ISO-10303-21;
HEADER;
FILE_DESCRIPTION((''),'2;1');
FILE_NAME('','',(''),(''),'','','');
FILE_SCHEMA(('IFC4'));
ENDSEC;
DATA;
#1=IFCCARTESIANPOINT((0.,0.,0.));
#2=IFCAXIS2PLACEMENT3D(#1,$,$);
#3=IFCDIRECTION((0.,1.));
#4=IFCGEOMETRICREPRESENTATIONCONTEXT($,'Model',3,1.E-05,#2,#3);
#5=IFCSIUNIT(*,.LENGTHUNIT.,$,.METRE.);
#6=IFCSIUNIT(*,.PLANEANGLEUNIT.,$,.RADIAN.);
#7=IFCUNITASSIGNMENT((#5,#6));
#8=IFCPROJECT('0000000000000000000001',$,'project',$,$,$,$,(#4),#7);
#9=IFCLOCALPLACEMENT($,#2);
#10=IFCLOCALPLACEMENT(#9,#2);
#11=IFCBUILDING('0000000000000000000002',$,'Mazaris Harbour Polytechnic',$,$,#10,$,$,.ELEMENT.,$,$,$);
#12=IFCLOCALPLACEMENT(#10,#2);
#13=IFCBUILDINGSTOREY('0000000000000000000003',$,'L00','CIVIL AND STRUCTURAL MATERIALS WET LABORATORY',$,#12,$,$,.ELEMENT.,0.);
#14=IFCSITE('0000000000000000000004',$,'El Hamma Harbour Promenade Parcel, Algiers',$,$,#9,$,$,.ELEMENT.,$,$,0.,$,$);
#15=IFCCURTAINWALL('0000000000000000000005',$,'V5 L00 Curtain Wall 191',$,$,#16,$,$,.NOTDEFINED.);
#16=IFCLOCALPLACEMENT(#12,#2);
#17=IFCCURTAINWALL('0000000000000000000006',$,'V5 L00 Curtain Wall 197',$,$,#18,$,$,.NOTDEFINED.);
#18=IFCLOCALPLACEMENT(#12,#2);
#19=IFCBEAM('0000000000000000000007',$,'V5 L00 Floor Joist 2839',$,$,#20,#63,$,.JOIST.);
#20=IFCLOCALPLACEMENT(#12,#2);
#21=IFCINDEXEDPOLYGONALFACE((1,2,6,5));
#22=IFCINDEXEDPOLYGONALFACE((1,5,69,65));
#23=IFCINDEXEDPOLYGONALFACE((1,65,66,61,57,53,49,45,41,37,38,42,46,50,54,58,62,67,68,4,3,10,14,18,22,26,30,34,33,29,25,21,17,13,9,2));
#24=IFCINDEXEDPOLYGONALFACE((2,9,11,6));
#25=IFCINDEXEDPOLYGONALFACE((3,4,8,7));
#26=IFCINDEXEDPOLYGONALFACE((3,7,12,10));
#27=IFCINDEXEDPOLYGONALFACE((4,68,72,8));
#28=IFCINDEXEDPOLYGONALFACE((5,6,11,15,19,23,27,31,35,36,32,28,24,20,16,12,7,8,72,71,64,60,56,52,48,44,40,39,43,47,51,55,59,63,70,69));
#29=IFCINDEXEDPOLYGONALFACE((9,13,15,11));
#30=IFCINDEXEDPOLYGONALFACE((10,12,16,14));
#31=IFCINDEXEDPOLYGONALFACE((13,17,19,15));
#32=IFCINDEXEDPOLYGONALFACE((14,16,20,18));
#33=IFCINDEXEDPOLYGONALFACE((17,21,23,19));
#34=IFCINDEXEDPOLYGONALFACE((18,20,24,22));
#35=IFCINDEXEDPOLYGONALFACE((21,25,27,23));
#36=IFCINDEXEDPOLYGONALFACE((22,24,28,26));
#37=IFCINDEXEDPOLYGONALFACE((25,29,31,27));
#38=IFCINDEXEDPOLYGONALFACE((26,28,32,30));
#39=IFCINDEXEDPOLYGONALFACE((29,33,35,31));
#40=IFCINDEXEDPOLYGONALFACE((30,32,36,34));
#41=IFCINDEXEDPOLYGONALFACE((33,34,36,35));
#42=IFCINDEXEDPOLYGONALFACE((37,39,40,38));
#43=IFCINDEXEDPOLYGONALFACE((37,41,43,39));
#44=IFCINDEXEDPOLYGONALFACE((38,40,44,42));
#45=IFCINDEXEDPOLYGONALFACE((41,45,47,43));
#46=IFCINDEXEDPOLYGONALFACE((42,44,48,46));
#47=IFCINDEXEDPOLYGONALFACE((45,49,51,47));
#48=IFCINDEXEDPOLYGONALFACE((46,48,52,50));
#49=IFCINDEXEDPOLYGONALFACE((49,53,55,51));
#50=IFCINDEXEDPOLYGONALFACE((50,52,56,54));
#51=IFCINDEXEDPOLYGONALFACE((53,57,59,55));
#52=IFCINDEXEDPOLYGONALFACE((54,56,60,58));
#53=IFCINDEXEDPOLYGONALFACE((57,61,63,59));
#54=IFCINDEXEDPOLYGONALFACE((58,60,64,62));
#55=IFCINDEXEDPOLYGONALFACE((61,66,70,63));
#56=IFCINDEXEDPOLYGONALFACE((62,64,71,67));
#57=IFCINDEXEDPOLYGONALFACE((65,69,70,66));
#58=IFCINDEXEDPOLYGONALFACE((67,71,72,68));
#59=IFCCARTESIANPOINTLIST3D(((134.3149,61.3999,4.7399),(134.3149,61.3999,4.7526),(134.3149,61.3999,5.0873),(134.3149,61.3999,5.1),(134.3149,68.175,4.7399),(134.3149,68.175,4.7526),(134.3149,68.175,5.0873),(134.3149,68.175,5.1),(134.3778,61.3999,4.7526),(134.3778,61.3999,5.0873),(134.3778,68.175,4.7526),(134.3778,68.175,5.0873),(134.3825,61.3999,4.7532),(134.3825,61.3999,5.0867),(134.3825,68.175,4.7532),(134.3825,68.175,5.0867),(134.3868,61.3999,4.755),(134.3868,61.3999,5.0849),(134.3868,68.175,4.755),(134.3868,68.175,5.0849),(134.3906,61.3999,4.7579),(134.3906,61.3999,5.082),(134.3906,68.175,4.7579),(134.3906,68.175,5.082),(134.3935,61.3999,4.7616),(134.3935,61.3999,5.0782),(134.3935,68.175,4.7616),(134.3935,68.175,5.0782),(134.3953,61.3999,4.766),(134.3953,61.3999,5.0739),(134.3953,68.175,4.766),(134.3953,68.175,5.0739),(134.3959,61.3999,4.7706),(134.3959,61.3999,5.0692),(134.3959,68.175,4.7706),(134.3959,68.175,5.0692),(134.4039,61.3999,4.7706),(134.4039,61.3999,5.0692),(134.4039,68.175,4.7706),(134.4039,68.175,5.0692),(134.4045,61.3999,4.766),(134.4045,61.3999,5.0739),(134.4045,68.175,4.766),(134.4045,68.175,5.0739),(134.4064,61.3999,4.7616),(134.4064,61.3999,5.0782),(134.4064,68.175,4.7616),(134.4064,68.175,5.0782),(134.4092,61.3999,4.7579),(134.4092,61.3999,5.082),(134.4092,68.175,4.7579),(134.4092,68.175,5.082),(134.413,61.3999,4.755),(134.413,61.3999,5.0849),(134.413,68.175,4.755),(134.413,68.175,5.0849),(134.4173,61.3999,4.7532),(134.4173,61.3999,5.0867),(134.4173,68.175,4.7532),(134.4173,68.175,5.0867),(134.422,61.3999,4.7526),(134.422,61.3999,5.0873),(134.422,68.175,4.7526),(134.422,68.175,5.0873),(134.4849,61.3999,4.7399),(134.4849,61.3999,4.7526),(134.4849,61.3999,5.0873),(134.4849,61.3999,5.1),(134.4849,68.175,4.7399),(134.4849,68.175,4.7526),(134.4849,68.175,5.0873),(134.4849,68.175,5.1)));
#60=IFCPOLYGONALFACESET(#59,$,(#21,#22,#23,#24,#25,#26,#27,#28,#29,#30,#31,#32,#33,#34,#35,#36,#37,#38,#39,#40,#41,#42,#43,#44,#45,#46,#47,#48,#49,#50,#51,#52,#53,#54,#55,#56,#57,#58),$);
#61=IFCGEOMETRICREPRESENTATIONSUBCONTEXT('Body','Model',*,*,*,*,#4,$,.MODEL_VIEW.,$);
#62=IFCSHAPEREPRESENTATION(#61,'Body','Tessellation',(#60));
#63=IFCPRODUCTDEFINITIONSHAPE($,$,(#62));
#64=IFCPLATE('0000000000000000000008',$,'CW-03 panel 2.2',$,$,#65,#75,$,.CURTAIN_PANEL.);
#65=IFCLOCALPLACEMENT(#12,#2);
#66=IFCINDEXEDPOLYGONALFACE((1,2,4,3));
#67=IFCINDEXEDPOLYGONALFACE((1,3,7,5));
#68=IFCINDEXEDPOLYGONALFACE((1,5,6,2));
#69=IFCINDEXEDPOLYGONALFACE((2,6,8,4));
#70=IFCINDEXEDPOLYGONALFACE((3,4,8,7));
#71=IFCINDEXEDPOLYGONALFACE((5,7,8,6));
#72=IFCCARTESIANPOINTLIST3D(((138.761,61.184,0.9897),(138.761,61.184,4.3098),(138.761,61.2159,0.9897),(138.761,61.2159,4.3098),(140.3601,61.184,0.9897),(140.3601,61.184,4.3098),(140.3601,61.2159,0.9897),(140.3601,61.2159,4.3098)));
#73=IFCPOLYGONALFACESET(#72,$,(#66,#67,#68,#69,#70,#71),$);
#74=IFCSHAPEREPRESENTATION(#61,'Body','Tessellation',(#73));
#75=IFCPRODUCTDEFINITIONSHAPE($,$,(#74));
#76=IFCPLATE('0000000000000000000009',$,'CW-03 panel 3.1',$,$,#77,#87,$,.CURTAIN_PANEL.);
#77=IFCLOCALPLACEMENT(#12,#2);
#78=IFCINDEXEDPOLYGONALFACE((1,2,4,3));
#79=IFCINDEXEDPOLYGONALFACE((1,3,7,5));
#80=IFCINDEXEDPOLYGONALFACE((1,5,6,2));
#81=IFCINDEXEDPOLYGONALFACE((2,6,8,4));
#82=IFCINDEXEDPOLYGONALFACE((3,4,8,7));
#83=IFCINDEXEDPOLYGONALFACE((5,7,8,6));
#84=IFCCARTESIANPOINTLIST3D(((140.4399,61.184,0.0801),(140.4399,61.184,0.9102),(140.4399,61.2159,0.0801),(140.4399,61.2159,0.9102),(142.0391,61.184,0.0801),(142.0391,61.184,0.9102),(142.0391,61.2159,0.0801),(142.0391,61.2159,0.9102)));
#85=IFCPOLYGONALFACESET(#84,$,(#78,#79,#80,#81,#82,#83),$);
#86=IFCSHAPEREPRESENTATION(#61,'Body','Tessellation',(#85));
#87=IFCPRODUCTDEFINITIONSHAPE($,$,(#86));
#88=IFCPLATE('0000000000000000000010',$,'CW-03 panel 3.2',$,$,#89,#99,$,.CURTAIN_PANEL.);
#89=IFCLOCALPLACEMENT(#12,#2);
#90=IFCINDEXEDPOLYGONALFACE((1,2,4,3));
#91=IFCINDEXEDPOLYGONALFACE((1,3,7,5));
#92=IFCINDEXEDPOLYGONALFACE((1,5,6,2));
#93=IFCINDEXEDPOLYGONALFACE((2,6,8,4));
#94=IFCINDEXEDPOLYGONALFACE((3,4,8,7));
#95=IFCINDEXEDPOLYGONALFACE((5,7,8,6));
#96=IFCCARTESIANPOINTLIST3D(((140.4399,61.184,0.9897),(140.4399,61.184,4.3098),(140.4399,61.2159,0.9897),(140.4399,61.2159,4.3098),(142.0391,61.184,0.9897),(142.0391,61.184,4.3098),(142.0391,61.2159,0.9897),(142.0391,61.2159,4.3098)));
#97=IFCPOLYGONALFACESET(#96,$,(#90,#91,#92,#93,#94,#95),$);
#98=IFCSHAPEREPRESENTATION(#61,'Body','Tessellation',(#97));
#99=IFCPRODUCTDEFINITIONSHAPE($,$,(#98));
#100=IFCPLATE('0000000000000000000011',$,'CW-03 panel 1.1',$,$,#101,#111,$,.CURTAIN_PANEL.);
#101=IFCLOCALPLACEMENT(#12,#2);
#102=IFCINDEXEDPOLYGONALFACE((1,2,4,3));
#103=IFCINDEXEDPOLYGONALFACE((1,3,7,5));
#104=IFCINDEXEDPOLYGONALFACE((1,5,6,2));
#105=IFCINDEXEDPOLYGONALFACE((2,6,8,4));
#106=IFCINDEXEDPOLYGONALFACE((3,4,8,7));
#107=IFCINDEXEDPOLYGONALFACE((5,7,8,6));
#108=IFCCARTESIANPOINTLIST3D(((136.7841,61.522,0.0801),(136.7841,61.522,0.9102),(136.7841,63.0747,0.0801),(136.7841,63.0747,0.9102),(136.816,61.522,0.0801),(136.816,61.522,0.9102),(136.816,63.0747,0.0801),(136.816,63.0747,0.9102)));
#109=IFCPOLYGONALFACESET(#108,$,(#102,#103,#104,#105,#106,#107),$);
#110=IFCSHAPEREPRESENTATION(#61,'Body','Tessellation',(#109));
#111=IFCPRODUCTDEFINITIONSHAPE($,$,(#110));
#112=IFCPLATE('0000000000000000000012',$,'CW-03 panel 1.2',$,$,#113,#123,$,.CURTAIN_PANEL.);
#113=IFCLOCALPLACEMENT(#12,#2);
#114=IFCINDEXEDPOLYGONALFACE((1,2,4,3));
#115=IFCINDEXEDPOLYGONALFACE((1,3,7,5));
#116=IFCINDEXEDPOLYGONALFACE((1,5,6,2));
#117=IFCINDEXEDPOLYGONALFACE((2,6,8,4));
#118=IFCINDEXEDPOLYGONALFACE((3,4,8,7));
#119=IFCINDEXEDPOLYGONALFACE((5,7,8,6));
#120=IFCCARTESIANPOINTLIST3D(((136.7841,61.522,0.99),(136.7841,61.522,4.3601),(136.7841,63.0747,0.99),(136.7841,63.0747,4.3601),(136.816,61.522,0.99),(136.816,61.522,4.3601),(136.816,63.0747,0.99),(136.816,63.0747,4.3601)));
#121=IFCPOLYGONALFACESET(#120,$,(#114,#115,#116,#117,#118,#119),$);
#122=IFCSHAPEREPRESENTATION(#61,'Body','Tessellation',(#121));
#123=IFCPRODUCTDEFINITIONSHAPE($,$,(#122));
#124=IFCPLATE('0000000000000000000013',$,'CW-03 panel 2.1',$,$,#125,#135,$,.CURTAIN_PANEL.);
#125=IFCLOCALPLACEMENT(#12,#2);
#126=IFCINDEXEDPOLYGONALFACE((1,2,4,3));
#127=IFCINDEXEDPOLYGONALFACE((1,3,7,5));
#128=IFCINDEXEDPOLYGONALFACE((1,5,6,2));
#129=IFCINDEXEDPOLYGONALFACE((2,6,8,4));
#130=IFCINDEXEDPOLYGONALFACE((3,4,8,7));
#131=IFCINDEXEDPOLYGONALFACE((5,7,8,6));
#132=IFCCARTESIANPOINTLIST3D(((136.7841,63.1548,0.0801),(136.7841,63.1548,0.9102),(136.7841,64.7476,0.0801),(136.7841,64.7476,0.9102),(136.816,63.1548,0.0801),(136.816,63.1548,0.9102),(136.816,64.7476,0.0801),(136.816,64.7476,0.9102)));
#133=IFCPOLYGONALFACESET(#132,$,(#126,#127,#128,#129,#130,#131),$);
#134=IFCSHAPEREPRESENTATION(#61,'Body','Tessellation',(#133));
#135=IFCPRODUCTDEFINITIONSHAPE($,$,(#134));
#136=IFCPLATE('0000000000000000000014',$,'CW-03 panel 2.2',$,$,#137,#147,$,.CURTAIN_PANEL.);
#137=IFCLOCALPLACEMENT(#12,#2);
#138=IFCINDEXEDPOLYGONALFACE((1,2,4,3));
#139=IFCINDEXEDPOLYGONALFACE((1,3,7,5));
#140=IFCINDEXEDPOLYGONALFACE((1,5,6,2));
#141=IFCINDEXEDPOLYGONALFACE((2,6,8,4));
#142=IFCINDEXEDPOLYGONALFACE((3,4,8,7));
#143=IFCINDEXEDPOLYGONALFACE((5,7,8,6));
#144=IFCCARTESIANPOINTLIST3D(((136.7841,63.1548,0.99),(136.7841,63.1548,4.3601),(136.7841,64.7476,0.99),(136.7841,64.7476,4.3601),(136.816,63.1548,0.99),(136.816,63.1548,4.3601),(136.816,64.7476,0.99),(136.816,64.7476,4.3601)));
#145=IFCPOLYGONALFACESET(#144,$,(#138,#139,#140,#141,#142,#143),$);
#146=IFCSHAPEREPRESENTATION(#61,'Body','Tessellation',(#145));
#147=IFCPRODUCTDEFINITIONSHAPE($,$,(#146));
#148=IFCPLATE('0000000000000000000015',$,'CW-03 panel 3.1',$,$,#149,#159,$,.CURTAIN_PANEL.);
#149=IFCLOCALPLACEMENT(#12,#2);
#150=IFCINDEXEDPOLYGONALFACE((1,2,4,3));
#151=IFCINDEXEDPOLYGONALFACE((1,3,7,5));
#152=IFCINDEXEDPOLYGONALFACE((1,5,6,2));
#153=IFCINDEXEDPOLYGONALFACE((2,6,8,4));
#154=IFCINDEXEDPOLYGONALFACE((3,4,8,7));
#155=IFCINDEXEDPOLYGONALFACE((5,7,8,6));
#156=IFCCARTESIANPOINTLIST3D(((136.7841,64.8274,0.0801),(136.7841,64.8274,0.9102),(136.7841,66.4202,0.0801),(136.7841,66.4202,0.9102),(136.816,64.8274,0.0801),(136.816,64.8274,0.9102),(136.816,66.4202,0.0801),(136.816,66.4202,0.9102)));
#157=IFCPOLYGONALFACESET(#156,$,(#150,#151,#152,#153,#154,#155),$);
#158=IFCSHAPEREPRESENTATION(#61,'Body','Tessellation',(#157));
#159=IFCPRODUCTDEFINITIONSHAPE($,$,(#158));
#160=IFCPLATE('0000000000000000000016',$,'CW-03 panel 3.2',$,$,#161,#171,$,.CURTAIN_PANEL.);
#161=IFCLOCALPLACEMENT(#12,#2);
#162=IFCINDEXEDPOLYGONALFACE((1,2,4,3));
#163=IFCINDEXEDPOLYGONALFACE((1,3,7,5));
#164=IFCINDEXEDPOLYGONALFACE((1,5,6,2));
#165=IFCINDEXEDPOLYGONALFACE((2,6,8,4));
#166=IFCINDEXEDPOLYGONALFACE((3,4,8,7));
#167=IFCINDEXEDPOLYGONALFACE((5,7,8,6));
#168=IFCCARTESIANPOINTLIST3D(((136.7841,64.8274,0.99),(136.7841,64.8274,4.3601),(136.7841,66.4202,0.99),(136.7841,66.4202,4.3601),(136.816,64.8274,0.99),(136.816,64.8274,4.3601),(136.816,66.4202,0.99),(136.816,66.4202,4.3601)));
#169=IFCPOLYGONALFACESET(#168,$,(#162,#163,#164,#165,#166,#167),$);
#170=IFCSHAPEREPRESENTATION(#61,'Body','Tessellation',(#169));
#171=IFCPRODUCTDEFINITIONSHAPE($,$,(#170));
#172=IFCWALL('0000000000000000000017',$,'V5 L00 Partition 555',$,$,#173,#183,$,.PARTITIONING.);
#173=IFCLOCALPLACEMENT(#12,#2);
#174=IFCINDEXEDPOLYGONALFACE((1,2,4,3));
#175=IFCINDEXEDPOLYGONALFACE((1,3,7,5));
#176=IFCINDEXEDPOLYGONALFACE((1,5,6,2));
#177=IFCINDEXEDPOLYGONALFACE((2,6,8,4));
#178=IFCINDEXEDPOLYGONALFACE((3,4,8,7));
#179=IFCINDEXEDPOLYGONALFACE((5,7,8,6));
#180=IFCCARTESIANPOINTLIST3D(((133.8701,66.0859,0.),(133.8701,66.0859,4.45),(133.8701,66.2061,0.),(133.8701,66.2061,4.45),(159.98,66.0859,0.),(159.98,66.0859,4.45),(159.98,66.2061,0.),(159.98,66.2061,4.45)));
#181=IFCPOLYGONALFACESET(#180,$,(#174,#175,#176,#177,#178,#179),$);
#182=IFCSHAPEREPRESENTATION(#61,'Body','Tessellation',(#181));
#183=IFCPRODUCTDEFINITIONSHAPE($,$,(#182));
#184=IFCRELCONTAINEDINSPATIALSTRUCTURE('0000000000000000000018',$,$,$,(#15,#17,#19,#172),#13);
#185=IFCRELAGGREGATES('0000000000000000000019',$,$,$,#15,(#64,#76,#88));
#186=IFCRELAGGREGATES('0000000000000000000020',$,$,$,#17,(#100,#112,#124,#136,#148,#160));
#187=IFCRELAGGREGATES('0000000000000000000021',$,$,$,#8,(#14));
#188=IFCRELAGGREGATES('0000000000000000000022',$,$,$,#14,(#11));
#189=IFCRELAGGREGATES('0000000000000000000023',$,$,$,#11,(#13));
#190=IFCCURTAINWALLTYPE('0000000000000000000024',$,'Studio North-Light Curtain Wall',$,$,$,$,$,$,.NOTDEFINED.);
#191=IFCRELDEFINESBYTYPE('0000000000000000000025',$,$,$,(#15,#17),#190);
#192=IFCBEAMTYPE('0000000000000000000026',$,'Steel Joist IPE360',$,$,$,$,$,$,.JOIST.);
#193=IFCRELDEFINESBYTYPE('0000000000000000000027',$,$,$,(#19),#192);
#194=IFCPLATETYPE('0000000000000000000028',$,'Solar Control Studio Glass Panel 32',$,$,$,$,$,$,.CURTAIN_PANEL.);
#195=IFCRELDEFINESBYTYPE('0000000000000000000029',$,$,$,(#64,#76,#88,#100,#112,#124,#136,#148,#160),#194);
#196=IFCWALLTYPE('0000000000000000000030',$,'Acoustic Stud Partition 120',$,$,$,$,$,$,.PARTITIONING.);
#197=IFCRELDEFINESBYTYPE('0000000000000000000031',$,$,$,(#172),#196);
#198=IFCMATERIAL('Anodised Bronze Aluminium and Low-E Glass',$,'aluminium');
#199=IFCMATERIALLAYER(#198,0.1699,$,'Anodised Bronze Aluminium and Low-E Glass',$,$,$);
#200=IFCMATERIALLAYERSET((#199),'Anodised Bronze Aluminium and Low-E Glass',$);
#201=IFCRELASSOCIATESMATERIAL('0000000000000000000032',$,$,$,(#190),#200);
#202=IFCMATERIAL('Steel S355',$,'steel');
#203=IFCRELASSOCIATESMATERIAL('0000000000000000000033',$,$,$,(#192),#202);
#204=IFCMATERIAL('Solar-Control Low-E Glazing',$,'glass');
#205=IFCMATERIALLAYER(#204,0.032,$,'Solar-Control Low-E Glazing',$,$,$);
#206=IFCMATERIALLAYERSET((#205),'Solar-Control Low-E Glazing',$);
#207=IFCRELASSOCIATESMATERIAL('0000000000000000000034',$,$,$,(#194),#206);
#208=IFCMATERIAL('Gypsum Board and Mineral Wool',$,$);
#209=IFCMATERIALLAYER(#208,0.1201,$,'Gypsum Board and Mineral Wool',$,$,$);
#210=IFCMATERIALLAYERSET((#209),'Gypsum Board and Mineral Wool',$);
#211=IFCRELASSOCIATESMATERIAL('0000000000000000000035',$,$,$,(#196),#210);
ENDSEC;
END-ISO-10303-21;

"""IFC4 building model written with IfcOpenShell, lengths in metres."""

from ifc_helpers import new_model, si_unit, direction, frame, frame_2d, origin, origin_2d, place, context, subcontext, project, spatial, rectangle, i_section, extrude, material, layer, layer_set, material_profile, profile_set, type_object, element, aggregate, save


model = new_model("IFC4")

# Units and contexts
model_context = context("Model", 3, precision=1e-05, world=origin(), true_north=direction((0.0, 1.0)))
body_context = subcontext(model_context, "Body", "Model", "MODEL_VIEW")
ifc_project = project(units=[si_unit("LENGTHUNIT", "METRE"), si_unit("PLANEANGLEUNIT", "RADIAN")], contexts=[model_context])

# Site, building, storey
site_placement = place(None, origin())
site = spatial("IfcSite", under=ifc_project, at=site_placement, Name="El Hamma Harbour Promenade Parcel, Algiers", CompositionType="ELEMENT", RefElevation=0.0)
building_placement = place(site_placement, origin())
building = spatial("IfcBuilding", under=site, at=building_placement, Name="Mazaris Harbour Polytechnic", CompositionType="ELEMENT")
storey_placement = place(building_placement, origin())
storey = spatial("IfcBuildingStorey", under=building, at=storey_placement, Name="L00", Description="CIVIL AND STRUCTURAL MATERIALS WET LABORATORY", CompositionType="ELEMENT", Elevation=0.0)

# Curtain wall
ifc_material_1 = material(Name="Anodised Bronze Aluminium and Low-E Glass", Category="aluminium")
ifc_layer_1 = layer(ifc_material_1, 0.1699, Name="Anodised Bronze Aluminium and Low-E Glass")
ifc_layer_set_1 = layer_set([ifc_layer_1], Name="Anodised Bronze Aluminium and Low-E Glass")
curtain_wall_type = type_object("IfcCurtainWallType", Name="Studio North-Light Curtain Wall", PredefinedType="NOTDEFINED", material=ifc_layer_set_1)
curtain_wall_1_placement = place(storey_placement, origin())
curtain_wall_1 = element("IfcCurtainWall", 1, at=curtain_wall_1_placement, inside=storey, type_object=curtain_wall_type, Name="V5 L00 Curtain Wall 191", PredefinedType="NOTDEFINED")

# Curtain wall
curtain_wall_2_placement = place(storey_placement, origin())
curtain_wall_2 = element("IfcCurtainWall", 2, at=curtain_wall_2_placement, inside=storey, type_object=curtain_wall_type, Name="V5 L00 Curtain Wall 197", PredefinedType="NOTDEFINED")

# Beam
ifc_material_2 = material(Name="Steel S355", Category="steel")
ifc_material_profile_1 = material_profile(ifc_material_2, i_section(OverallWidth=0.1699, OverallDepth=0.3601, WebThickness=0.0081, FlangeThickness=0.0127, FilletRadius=0.0181, at=origin_2d()), Name="IPE 360")
ifc_profile_set_1 = profile_set([ifc_material_profile_1], Name="Steel S355")
beam_type_1 = type_object("IfcBeamType", Name="Steel Joist IPE360", PredefinedType="JOIST", material=ifc_profile_set_1)
beam_1_placement = place(storey_placement, frame((134.3999, 61.3999, 4.9199), z_axis=(0.0, 1.0, 0.0), x_axis=(-1.0, 0.0, 0.0)))
element("IfcBeam", 3, at=beam_1_placement, inside=storey, type_object=beam_type_1, Name="V5 L00 Floor Joist 2839", PredefinedType="JOIST", context=body_context, shape_type="SweptSolid", body=[
    extrude(i_section(OverallWidth=0.1699, OverallDepth=0.3601, WebThickness=0.0081, FlangeThickness=0.0127, FilletRadius=0.0181, at=origin_2d()), origin(), (0.0, 0.0, 1.0), 6.7751),
])

# Plates
ifc_material_3 = material(Name="Solar-Control Low-E Glazing", Category="glass")
ifc_layer_2 = layer(ifc_material_3, 0.032, Name="Solar-Control Low-E Glazing")
ifc_layer_set_2 = layer_set([ifc_layer_2], Name="Solar-Control Low-E Glazing")
plate_type = type_object("IfcPlateType", Name="Solar Control Studio Glass Panel 32", PredefinedType="CURTAIN_PANEL", material=ifc_layer_set_2)
plate_1_placement = place(storey_placement, frame((139.5605, 61.2, 0.9897), z_axis=(0.0, 0.0, 1.0), x_axis=(1.0, 0.0, 0.0)))
plate_1 = element("IfcPlate", 4, at=plate_1_placement, type_object=plate_type, Name="CW-03 panel 2.2", PredefinedType="CURTAIN_PANEL", context=body_context, shape_type="SweptSolid", body=[
    extrude(rectangle(XDim=1.5991, YDim=0.032, at=origin_2d()), origin(), (0.0, 0.0, 1.0), 3.3201),
])
plate_2_placement = place(storey_placement, frame((141.2395, 61.2, 0.0801), z_axis=(0.0, 0.0, 1.0), x_axis=(1.0, 0.0, 0.0)))
plate_2 = element("IfcPlate", 5, at=plate_2_placement, type_object=plate_type, Name="CW-03 panel 3.1", PredefinedType="CURTAIN_PANEL", context=body_context, shape_type="SweptSolid", body=[
    extrude(rectangle(XDim=1.5991, YDim=0.032, at=origin_2d()), origin(), (0.0, 0.0, 1.0), 0.8301),
])
plate_3_placement = place(storey_placement, frame((141.2395, 61.2, 0.9897), z_axis=(0.0, 0.0, 1.0), x_axis=(1.0, 0.0, 0.0)))
plate_3 = element("IfcPlate", 6, at=plate_3_placement, type_object=plate_type, Name="CW-03 panel 3.2", PredefinedType="CURTAIN_PANEL", context=body_context, shape_type="SweptSolid", body=[
    extrude(rectangle(XDim=1.5991, YDim=0.032, at=origin_2d()), origin(), (0.0, 0.0, 1.0), 3.3201),
])
aggregate(curtain_wall_1, [plate_1, plate_2, plate_3])
plate_4_placement = place(storey_placement, frame((136.8, 62.2983, 0.0801), z_axis=(0.0, 0.0, 1.0), x_axis=(0.0, 1.0, 0.0)))
plate_4 = element("IfcPlate", 7, at=plate_4_placement, type_object=plate_type, Name="CW-03 panel 1.1", PredefinedType="CURTAIN_PANEL", context=body_context, shape_type="SweptSolid", body=[
    extrude(rectangle(XDim=1.5527, YDim=0.032, at=origin_2d()), origin(), (0.0, 0.0, 1.0), 0.8301),
])
plate_5_placement = place(storey_placement, frame((136.8, 62.2983, 0.99), z_axis=(0.0, 0.0, 1.0), x_axis=(0.0, 1.0, 0.0)))
plate_5 = element("IfcPlate", 8, at=plate_5_placement, type_object=plate_type, Name="CW-03 panel 1.2", PredefinedType="CURTAIN_PANEL", context=body_context, shape_type="SweptSolid", body=[
    extrude(rectangle(XDim=1.5527, YDim=0.032, at=origin_2d()), origin(), (0.0, 0.0, 1.0), 3.3701),
])
plate_6_placement = place(storey_placement, frame((136.8, 63.9512, 0.0801), z_axis=(0.0, 0.0, 1.0), x_axis=(0.0, 1.0, 0.0)))
plate_6 = element("IfcPlate", 9, at=plate_6_placement, type_object=plate_type, Name="CW-03 panel 2.1", PredefinedType="CURTAIN_PANEL", context=body_context, shape_type="SweptSolid", body=[
    extrude(rectangle(XDim=1.5928, YDim=0.032, at=origin_2d()), origin(), (0.0, 0.0, 1.0), 0.8301),
])
plate_7_placement = place(storey_placement, frame((136.8, 63.9512, 0.99), z_axis=(0.0, 0.0, 1.0), x_axis=(0.0, 1.0, 0.0)))
plate_7 = element("IfcPlate", 10, at=plate_7_placement, type_object=plate_type, Name="CW-03 panel 2.2", PredefinedType="CURTAIN_PANEL", context=body_context, shape_type="SweptSolid", body=[
    extrude(rectangle(XDim=1.5928, YDim=0.032, at=origin_2d()), origin(), (0.0, 0.0, 1.0), 3.3701),
])
plate_8_placement = place(storey_placement, frame((136.8, 65.6238, 0.0801), z_axis=(0.0, 0.0, 1.0), x_axis=(0.0, 1.0, 0.0)))
plate_8 = element("IfcPlate", 11, at=plate_8_placement, type_object=plate_type, Name="CW-03 panel 3.1", PredefinedType="CURTAIN_PANEL", context=body_context, shape_type="SweptSolid", body=[
    extrude(rectangle(XDim=1.5928, YDim=0.032, at=origin_2d()), origin(), (0.0, 0.0, 1.0), 0.8301),
])
plate_9_placement = place(storey_placement, frame((136.8, 65.6238, 0.99), z_axis=(0.0, 0.0, 1.0), x_axis=(0.0, 1.0, 0.0)))
plate_9 = element("IfcPlate", 12, at=plate_9_placement, type_object=plate_type, Name="CW-03 panel 3.2", PredefinedType="CURTAIN_PANEL", context=body_context, shape_type="SweptSolid", body=[
    extrude(rectangle(XDim=1.5928, YDim=0.032, at=origin_2d()), origin(), (0.0, 0.0, 1.0), 3.3701),
])
aggregate(curtain_wall_2, [plate_4, plate_5, plate_6, plate_7, plate_8, plate_9])

# Wall
ifc_material_4 = material(Name="Gypsum Board and Mineral Wool")
ifc_layer_3 = layer(ifc_material_4, 0.1201, Name="Gypsum Board and Mineral Wool")
ifc_layer_set_3 = layer_set([ifc_layer_3], Name="Gypsum Board and Mineral Wool")
wall_type_1 = type_object("IfcWallType", Name="Acoustic Stud Partition 120", PredefinedType="PARTITIONING", material=ifc_layer_set_3)
wall_1_placement = place(storey_placement, frame((133.8701, 66.146, 0.0), z_axis=(0.0, 0.0, 1.0), x_axis=(1.0, 0.0, 0.0)))
element("IfcWall", 13, at=wall_1_placement, inside=storey, type_object=wall_type_1, Name="V5 L00 Partition 555", PredefinedType="PARTITIONING", context=body_context, shape_type="SweptSolid", body=[
    extrude(rectangle(XDim=26.1099, YDim=0.1201, at=frame_2d((13.0549, 0.0))), origin(), (0.0, 0.0, 1.0), 4.45),
])

save(model, "model.ifc")
